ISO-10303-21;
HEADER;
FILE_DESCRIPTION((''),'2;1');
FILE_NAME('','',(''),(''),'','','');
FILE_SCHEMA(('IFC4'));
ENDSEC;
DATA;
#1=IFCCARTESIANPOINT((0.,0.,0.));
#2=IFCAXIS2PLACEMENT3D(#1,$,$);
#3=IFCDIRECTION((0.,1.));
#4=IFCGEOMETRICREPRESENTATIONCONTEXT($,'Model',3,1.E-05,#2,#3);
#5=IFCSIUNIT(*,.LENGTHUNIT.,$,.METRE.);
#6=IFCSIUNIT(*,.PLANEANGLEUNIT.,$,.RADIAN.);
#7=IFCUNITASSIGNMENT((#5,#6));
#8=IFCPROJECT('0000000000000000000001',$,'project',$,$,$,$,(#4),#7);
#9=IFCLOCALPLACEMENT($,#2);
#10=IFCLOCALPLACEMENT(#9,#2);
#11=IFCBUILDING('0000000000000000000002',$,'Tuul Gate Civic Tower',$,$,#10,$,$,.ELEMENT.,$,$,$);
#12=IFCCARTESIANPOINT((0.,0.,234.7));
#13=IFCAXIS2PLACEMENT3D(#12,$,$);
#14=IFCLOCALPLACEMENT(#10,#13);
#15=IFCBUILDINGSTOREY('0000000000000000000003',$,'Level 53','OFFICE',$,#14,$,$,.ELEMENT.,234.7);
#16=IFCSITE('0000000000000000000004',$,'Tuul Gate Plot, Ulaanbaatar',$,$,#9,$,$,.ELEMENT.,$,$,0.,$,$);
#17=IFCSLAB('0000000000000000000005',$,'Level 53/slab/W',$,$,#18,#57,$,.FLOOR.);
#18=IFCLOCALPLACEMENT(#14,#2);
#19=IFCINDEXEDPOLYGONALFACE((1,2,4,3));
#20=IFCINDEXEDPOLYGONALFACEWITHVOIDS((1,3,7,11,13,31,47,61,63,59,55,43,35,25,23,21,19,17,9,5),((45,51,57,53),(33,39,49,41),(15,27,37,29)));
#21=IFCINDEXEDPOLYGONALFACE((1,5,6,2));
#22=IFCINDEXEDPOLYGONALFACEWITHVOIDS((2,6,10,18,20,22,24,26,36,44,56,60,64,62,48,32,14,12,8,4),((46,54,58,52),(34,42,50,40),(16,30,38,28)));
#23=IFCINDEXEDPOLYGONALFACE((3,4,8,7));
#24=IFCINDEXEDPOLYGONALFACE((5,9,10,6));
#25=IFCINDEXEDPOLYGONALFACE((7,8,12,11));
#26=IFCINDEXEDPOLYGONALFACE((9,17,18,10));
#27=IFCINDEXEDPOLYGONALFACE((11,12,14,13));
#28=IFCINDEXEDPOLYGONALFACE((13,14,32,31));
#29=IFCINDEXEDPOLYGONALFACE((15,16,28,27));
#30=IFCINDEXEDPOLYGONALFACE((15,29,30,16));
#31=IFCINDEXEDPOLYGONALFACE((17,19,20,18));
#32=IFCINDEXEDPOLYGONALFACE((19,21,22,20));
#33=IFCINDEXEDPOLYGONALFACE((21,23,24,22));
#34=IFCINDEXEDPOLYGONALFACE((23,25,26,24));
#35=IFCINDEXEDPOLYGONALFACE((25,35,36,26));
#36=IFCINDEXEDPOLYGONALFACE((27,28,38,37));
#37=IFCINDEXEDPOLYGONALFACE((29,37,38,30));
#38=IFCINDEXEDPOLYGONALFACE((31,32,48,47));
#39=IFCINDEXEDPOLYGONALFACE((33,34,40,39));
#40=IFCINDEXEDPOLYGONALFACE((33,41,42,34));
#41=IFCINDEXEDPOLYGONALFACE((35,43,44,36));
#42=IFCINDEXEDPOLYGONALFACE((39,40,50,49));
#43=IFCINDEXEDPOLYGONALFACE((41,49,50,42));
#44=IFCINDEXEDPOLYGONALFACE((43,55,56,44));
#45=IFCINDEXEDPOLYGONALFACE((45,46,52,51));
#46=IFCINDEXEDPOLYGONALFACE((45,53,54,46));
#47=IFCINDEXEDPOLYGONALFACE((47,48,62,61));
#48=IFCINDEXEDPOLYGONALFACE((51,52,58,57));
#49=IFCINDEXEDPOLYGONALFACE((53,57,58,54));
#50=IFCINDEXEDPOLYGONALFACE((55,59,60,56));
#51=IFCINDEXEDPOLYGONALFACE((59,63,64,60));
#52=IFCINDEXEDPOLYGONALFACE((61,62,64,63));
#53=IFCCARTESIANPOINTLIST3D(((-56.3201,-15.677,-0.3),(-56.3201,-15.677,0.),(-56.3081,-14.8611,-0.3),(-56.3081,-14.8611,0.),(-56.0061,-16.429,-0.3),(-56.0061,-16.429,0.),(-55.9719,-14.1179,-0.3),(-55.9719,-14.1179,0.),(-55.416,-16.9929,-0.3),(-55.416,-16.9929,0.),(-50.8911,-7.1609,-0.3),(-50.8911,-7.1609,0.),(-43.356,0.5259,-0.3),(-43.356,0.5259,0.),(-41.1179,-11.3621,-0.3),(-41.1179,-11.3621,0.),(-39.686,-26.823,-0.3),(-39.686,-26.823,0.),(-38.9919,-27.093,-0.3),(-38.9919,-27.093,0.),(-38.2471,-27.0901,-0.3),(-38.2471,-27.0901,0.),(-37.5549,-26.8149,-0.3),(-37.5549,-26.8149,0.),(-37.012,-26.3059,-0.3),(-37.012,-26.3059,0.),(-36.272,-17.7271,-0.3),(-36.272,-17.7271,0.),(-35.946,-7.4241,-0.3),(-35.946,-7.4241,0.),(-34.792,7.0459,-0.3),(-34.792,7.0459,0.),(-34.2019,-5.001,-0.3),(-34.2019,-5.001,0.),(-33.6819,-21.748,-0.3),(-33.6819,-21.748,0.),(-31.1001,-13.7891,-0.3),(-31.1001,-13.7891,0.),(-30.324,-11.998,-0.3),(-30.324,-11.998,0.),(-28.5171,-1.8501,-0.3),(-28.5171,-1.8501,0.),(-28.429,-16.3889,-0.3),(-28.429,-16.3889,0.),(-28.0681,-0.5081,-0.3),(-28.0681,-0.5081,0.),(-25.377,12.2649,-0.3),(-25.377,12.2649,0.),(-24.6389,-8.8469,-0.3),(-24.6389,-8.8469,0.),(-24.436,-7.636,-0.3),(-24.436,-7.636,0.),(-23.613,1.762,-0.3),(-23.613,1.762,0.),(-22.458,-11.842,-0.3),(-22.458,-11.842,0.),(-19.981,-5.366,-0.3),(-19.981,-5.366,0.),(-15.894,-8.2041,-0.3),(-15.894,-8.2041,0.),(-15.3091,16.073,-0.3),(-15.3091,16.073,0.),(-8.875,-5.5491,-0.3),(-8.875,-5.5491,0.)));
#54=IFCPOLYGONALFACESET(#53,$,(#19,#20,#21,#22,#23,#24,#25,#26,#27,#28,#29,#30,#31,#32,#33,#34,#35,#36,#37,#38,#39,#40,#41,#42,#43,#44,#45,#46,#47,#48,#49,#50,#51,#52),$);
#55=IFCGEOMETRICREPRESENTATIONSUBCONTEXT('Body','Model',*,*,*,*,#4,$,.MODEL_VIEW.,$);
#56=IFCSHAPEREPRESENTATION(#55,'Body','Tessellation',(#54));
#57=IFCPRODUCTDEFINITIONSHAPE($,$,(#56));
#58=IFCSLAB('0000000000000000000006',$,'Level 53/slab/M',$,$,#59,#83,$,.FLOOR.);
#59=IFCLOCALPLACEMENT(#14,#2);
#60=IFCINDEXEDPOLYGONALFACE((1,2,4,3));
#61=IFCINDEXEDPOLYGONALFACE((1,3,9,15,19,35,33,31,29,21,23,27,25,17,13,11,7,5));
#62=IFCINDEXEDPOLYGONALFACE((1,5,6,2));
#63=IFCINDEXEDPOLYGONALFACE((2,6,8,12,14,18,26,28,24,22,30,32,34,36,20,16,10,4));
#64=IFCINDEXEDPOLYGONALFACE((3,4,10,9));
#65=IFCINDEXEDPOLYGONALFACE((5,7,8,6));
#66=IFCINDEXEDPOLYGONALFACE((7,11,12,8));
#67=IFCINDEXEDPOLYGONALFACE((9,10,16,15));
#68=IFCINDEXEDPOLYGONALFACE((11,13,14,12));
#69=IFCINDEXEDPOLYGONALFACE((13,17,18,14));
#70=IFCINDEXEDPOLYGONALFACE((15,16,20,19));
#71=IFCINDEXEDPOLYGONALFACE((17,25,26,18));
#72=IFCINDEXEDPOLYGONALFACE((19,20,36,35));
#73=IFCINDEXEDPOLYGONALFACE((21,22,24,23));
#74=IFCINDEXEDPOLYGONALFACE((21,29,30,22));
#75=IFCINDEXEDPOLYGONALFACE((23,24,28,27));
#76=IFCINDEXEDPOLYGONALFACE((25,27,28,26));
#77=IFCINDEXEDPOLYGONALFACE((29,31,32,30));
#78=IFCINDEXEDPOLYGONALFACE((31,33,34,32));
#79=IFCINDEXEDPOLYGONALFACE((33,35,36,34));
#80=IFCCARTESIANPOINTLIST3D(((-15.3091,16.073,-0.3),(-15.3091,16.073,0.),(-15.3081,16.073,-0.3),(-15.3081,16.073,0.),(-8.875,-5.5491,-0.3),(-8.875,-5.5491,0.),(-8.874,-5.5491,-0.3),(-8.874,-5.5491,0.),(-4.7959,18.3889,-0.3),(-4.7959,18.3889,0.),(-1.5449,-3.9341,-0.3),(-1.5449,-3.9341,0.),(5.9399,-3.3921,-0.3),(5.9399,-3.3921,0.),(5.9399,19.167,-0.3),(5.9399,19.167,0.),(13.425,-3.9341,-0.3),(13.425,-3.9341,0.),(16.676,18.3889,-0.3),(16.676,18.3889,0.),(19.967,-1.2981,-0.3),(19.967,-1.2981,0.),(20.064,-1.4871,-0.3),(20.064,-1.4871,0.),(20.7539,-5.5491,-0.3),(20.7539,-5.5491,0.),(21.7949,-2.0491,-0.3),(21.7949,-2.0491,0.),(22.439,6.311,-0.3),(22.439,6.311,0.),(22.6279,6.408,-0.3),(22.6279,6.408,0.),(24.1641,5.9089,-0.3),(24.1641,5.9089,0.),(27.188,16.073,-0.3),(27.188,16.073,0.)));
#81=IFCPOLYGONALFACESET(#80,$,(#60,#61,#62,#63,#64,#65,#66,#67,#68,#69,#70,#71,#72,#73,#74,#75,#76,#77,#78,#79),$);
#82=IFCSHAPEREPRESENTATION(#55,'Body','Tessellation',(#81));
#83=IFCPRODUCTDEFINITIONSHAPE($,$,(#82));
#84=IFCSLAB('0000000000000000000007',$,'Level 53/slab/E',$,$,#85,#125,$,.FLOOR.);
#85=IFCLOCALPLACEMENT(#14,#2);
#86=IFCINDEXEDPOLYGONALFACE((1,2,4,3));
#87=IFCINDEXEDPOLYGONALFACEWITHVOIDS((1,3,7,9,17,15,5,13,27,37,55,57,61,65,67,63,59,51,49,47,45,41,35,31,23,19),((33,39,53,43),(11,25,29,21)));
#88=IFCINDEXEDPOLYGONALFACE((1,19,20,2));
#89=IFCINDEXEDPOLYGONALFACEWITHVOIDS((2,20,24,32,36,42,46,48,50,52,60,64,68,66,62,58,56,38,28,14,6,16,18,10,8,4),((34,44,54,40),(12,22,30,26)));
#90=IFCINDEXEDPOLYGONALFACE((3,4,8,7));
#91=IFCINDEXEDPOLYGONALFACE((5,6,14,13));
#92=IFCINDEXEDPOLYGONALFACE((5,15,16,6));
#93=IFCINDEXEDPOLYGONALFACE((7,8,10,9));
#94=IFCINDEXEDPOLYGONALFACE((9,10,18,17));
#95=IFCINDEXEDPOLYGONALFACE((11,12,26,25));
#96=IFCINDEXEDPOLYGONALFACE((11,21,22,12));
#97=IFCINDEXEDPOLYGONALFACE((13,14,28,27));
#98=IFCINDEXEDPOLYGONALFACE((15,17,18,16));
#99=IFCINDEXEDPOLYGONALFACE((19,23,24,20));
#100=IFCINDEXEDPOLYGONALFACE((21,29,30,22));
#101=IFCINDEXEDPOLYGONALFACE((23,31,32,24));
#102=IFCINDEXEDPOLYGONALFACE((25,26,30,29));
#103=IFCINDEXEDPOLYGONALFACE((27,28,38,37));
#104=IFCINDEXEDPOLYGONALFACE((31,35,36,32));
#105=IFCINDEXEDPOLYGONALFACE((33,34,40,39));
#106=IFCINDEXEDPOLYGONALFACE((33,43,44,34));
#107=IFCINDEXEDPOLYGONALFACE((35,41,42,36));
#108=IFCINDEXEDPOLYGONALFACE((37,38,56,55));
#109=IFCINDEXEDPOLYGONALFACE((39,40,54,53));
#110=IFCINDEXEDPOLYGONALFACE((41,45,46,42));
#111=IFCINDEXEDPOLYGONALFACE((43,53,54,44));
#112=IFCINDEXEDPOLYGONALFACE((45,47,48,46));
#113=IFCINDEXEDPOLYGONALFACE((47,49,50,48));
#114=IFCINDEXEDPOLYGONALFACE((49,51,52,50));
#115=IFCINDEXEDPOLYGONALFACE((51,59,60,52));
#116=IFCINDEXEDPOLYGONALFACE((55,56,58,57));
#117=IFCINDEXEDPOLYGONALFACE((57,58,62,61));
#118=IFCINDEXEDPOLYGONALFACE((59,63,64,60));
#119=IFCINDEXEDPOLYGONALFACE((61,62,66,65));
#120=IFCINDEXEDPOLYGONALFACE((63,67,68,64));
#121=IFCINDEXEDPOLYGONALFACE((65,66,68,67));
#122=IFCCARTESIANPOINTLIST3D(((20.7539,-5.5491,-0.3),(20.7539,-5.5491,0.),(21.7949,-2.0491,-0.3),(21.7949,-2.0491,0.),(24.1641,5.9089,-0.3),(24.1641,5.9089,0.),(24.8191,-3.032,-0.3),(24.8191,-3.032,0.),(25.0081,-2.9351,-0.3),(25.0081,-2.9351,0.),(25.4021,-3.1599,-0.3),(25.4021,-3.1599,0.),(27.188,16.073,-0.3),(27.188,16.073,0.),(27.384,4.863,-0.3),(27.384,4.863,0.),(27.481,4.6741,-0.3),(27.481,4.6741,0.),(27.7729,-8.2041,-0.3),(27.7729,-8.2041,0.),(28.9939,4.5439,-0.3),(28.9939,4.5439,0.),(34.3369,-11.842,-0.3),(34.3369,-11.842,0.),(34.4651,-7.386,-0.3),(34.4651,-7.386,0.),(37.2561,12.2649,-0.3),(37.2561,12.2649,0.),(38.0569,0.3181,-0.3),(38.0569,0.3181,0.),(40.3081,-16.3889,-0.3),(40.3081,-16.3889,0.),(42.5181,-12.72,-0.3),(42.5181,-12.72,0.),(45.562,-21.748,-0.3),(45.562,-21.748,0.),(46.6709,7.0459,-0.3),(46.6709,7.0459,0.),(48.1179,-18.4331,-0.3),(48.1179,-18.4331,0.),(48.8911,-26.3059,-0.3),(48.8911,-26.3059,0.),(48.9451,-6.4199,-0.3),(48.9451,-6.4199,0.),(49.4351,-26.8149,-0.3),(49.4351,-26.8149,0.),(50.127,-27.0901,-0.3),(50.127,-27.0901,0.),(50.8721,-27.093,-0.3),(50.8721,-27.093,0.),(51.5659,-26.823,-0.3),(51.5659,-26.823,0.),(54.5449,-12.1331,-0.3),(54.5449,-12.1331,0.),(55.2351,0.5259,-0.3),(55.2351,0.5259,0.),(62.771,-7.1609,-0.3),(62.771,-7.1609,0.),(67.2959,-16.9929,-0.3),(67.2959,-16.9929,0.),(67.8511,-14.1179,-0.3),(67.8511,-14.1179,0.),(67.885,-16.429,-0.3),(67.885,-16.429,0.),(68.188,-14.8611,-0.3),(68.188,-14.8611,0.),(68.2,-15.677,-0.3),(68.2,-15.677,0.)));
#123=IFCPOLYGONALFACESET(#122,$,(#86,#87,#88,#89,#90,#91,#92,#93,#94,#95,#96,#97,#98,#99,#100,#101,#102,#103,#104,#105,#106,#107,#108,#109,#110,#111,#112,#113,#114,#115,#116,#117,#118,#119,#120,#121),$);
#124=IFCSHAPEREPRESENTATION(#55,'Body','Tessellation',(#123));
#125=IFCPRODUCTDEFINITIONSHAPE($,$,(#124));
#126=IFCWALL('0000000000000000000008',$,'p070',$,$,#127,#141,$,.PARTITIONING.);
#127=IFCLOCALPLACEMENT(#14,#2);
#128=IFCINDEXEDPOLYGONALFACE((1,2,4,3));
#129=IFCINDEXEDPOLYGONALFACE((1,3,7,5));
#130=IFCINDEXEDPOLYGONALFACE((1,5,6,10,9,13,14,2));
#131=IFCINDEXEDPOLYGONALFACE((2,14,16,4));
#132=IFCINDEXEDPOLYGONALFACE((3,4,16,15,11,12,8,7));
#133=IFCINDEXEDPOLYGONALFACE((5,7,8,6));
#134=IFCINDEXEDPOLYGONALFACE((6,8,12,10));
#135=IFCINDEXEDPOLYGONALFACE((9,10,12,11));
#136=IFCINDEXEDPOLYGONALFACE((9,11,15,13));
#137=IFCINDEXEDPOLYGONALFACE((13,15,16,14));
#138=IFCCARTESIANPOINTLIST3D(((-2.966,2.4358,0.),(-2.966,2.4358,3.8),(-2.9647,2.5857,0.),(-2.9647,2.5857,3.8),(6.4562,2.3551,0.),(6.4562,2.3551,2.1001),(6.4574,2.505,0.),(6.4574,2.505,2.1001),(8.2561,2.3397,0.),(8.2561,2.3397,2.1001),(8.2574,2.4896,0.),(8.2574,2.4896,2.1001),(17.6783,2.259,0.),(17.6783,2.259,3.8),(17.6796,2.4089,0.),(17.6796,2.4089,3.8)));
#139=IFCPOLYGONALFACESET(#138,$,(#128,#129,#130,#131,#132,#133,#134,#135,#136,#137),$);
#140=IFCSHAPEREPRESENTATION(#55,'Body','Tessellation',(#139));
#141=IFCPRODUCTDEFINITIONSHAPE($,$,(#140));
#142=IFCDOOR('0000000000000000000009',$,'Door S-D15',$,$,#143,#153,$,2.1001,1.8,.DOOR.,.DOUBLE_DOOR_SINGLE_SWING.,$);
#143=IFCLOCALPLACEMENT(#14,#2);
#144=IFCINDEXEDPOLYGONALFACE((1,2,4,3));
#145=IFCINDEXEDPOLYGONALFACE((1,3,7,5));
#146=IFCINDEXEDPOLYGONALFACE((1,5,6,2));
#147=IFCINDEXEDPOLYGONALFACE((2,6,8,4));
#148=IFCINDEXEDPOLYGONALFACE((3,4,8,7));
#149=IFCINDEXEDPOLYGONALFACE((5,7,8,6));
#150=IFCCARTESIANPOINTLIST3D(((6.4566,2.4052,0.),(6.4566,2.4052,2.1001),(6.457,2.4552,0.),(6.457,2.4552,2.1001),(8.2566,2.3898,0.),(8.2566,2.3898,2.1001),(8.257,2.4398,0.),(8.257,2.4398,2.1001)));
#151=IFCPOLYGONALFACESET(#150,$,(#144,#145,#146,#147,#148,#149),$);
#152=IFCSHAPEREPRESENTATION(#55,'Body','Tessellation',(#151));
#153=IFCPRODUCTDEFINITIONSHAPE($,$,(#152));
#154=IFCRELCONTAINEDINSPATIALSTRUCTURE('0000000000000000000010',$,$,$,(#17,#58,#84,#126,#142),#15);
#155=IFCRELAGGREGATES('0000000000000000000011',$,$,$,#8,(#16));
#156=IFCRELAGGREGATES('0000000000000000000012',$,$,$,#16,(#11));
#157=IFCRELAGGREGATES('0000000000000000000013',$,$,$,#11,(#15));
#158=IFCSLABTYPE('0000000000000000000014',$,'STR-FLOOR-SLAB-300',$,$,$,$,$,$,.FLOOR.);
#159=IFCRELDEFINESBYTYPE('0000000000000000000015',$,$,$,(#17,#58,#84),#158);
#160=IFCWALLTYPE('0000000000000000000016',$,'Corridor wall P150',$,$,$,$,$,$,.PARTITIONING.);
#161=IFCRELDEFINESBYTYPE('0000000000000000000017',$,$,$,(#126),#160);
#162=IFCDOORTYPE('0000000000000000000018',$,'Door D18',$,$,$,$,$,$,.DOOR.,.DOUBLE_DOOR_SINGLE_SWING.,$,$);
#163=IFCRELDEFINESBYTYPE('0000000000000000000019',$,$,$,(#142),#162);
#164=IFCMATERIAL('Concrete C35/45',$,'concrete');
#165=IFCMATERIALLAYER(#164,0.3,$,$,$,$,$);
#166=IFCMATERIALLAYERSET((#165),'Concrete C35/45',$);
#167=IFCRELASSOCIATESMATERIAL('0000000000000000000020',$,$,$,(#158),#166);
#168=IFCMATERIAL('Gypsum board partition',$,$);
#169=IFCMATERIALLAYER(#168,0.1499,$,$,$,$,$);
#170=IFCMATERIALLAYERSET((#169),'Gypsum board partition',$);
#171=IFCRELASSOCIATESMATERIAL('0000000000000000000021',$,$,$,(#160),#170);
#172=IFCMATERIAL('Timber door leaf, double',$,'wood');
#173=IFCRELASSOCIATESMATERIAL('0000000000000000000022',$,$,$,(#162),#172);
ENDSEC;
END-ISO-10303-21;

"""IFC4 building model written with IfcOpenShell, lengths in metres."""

from ifc_helpers import new_model, si_unit, direction, frame, frame_2d, origin, place, context, subcontext, project, spatial, polyline, rectangle, outline, extrude, material, layer, layer_set, type_object, element, fill, save


model = new_model("IFC4")

# Units and contexts
model_context = context("Model", 3, precision=1e-05, world=origin(), true_north=direction((0.0, 1.0)))
body_context = subcontext(model_context, "Body", "Model", "MODEL_VIEW")
ifc_project = project(units=[si_unit("LENGTHUNIT", "METRE"), si_unit("PLANEANGLEUNIT", "RADIAN")], contexts=[model_context])

# Site, building, storey
site_placement = place(None, origin())
site = spatial("IfcSite", under=ifc_project, at=site_placement, Name="Tuul Gate Plot, Ulaanbaatar", CompositionType="ELEMENT", RefElevation=0.0)
building_placement = place(site_placement, origin())
building = spatial("IfcBuilding", under=site, at=building_placement, Name="Tuul Gate Civic Tower", CompositionType="ELEMENT")
storey_placement = place(building_placement, frame((0.0, 0.0, 234.7)))
storey = spatial("IfcBuildingStorey", under=building, at=storey_placement, Name="Level 53", Description="OFFICE", CompositionType="ELEMENT", Elevation=234.7)

# Slabs
ifc_material_1 = material(Name="Concrete C35/45", Category="concrete")
ifc_layer_1 = layer(ifc_material_1, 0.3)
ifc_layer_set_1 = layer_set([ifc_layer_1], Name="Concrete C35/45")
slab_type_1 = type_object("IfcSlabType", Name="STR-FLOOR-SLAB-300", PredefinedType="FLOOR", material=ifc_layer_set_1)
slab_1_placement = place(storey_placement, frame((0.0, 0.0, -0.3)))
element("IfcSlab", 1, at=slab_1_placement, inside=storey, type_object=slab_type_1, Name="Level 53/slab/W", PredefinedType="FLOOR", context=body_context, shape_type="SweptSolid", body=[
    extrude(outline(polyline([(-15.894, -8.2041), (-8.875, -5.5491), (-15.3091, 16.073), (-25.377, 12.2649), (-34.792, 7.0459), (-43.356, 0.5259), (-50.8911, -7.1609), (-55.9719, -14.1179), (-56.3081, -14.8611), (-56.3201, -15.677), (-56.0061, -16.429), (-55.416, -16.9929), (-39.686, -26.823), (-38.9919, -27.093), (-38.2471, -27.0901), (-37.5549, -26.8149), (-37.012, -26.3059), (-33.6819, -21.748), (-28.429, -16.3889), (-22.458, -11.842), (-15.894, -8.2041)]), holes=[polyline([(-31.1001, -13.7891), (-36.272, -17.7271), (-41.1179, -11.3621), (-35.946, -7.4241), (-31.1001, -13.7891)]), polyline([(-30.324, -11.998), (-34.2019, -5.001), (-28.5171, -1.8501), (-24.6389, -8.8469), (-30.324, -11.998)]), polyline([(-19.981, -5.366), (-24.436, -7.636), (-28.0681, -0.5081), (-23.613, 1.762), (-19.981, -5.366)])]), origin(), (0.0, 0.0, 1.0), 0.3),
])
slab_2_placement = place(storey_placement, frame((0.0, 0.0, -0.3)))
element("IfcSlab", 2, at=slab_2_placement, inside=storey, type_object=slab_type_1, Name="Level 53/slab/M", PredefinedType="FLOOR", context=body_context, shape_type="SweptSolid", body=[
    extrude(outline(polyline([(13.425, -3.9341), (20.7539, -5.5491), (21.7949, -2.0491), (20.064, -1.4871), (19.967, -1.2981), (22.439, 6.311), (22.6279, 6.408), (24.1641, 5.9089), (27.188, 16.073), (16.676, 18.3889), (5.9399, 19.167), (-4.7959, 18.3889), (-15.3081, 16.073), (-15.3091, 16.073), (-8.875, -5.5491), (-8.874, -5.5491), (-1.5449, -3.9341), (5.9399, -3.3921), (13.425, -3.9341)])), origin(), (0.0, 0.0, 1.0), 0.3),
])
slab_3_placement = place(storey_placement, frame((0.0, 0.0, -0.3)))
element("IfcSlab", 3, at=slab_3_placement, inside=storey, type_object=slab_type_1, Name="Level 53/slab/E", PredefinedType="FLOOR", context=body_context, shape_type="SweptSolid", body=[
    extrude(outline(polyline([(50.8721, -27.093), (51.5659, -26.823), (67.2959, -16.9929), (67.885, -16.429), (68.2, -15.677), (68.188, -14.8611), (67.8511, -14.1179), (62.771, -7.1609), (55.2351, 0.5259), (46.6709, 7.0459), (37.2561, 12.2649), (27.188, 16.073), (24.1641, 5.9089), (27.384, 4.863), (27.481, 4.6741), (25.0081, -2.9351), (24.8191, -3.032), (21.7949, -2.0491), (20.7539, -5.5491), (27.7729, -8.2041), (34.3369, -11.842), (40.3081, -16.3889), (45.562, -21.748), (48.8911, -26.3059), (49.4351, -26.8149), (50.127, -27.0901), (50.8721, -27.093)]), holes=[polyline([(42.5181, -12.72), (48.9451, -6.4199), (54.5449, -12.1331), (48.1179, -18.4331), (42.5181, -12.72)]), polyline([(25.4021, -3.1599), (28.9939, 4.5439), (38.0569, 0.3181), (34.4651, -7.386), (25.4021, -3.1599)])]), origin(), (0.0, 0.0, 1.0), 0.3),
])

# Wall, opening, door
ifc_material_2 = material(Name="Gypsum board partition")
ifc_layer_2 = layer(ifc_material_2, 0.1499)
ifc_layer_set_2 = layer_set([ifc_layer_2], Name="Gypsum board partition")
wall_type_1 = type_object("IfcWallType", Name="Corridor wall P150", PredefinedType="PARTITIONING", material=ifc_layer_set_2)
wall_1_placement = place(storey_placement, frame((-2.9653, 2.5107, 0.0), z_axis=(0.0, 0.0, 1.0), x_axis=(0.999963, -0.008562, 0.0)))
wall_1 = element("IfcWall", 4, at=wall_1_placement, inside=storey, type_object=wall_type_1, Name="p070", PredefinedType="PARTITIONING", context=body_context, shape_type="SweptSolid", body=[
    extrude(rectangle(XDim=20.645, YDim=0.1499, at=frame_2d((10.3225, 0.0))), origin(), (0.0, 0.0, 1.0), 3.8),
])
opening_1_placement = place(wall_1_placement, frame((9.4226, 0.0, 0.0)))
opening_1 = element("IfcOpeningElement", 5, at=opening_1_placement, cuts=wall_1, PredefinedType="OPENING", context=body_context, shape_type="SweptSolid", body=[
    extrude(rectangle(XDim=1.8, YDim=2.1001, at=frame_2d((0.8999, 1.05))), frame((0.0, 0.085, 0.0), z_axis=(0.0, -1.0, 0.0), x_axis=(1.0, 0.0, 0.0)), (0.0, 0.0, 1.0), 0.1699),
])
ifc_material_3 = material(Name="Timber door leaf, double", Category="wood")
door_type_1 = type_object("IfcDoorType", Name="Door D18", OperationType="DOUBLE_DOOR_SINGLE_SWING", PredefinedType="DOOR", material=ifc_material_3)
door_1_placement = place(opening_1_placement, frame((1.8, 0.0, 0.0), z_axis=(0.0, 0.0, 1.0), x_axis=(-1.0, 0.0, 0.0)))
door_1 = element("IfcDoor", 6, at=door_1_placement, inside=storey, type_object=door_type_1, Name="Door S-D15", OperationType="DOUBLE_DOOR_SINGLE_SWING", OverallHeight=2.1001, OverallWidth=1.8, PredefinedType="DOOR", context=body_context, shape_type="SweptSolid", body=[
    extrude(rectangle(XDim=1.8, YDim=2.1001, at=frame_2d((0.9001, 1.05))), frame((0.0, 0.0249, 0.0), z_axis=(0.0, -1.0, 0.0), x_axis=(1.0, 0.0, 0.0)), (0.0, 0.0, 1.0), 0.05),
])
fill(opening_1, door_1)

save(model, "model.ifc")
